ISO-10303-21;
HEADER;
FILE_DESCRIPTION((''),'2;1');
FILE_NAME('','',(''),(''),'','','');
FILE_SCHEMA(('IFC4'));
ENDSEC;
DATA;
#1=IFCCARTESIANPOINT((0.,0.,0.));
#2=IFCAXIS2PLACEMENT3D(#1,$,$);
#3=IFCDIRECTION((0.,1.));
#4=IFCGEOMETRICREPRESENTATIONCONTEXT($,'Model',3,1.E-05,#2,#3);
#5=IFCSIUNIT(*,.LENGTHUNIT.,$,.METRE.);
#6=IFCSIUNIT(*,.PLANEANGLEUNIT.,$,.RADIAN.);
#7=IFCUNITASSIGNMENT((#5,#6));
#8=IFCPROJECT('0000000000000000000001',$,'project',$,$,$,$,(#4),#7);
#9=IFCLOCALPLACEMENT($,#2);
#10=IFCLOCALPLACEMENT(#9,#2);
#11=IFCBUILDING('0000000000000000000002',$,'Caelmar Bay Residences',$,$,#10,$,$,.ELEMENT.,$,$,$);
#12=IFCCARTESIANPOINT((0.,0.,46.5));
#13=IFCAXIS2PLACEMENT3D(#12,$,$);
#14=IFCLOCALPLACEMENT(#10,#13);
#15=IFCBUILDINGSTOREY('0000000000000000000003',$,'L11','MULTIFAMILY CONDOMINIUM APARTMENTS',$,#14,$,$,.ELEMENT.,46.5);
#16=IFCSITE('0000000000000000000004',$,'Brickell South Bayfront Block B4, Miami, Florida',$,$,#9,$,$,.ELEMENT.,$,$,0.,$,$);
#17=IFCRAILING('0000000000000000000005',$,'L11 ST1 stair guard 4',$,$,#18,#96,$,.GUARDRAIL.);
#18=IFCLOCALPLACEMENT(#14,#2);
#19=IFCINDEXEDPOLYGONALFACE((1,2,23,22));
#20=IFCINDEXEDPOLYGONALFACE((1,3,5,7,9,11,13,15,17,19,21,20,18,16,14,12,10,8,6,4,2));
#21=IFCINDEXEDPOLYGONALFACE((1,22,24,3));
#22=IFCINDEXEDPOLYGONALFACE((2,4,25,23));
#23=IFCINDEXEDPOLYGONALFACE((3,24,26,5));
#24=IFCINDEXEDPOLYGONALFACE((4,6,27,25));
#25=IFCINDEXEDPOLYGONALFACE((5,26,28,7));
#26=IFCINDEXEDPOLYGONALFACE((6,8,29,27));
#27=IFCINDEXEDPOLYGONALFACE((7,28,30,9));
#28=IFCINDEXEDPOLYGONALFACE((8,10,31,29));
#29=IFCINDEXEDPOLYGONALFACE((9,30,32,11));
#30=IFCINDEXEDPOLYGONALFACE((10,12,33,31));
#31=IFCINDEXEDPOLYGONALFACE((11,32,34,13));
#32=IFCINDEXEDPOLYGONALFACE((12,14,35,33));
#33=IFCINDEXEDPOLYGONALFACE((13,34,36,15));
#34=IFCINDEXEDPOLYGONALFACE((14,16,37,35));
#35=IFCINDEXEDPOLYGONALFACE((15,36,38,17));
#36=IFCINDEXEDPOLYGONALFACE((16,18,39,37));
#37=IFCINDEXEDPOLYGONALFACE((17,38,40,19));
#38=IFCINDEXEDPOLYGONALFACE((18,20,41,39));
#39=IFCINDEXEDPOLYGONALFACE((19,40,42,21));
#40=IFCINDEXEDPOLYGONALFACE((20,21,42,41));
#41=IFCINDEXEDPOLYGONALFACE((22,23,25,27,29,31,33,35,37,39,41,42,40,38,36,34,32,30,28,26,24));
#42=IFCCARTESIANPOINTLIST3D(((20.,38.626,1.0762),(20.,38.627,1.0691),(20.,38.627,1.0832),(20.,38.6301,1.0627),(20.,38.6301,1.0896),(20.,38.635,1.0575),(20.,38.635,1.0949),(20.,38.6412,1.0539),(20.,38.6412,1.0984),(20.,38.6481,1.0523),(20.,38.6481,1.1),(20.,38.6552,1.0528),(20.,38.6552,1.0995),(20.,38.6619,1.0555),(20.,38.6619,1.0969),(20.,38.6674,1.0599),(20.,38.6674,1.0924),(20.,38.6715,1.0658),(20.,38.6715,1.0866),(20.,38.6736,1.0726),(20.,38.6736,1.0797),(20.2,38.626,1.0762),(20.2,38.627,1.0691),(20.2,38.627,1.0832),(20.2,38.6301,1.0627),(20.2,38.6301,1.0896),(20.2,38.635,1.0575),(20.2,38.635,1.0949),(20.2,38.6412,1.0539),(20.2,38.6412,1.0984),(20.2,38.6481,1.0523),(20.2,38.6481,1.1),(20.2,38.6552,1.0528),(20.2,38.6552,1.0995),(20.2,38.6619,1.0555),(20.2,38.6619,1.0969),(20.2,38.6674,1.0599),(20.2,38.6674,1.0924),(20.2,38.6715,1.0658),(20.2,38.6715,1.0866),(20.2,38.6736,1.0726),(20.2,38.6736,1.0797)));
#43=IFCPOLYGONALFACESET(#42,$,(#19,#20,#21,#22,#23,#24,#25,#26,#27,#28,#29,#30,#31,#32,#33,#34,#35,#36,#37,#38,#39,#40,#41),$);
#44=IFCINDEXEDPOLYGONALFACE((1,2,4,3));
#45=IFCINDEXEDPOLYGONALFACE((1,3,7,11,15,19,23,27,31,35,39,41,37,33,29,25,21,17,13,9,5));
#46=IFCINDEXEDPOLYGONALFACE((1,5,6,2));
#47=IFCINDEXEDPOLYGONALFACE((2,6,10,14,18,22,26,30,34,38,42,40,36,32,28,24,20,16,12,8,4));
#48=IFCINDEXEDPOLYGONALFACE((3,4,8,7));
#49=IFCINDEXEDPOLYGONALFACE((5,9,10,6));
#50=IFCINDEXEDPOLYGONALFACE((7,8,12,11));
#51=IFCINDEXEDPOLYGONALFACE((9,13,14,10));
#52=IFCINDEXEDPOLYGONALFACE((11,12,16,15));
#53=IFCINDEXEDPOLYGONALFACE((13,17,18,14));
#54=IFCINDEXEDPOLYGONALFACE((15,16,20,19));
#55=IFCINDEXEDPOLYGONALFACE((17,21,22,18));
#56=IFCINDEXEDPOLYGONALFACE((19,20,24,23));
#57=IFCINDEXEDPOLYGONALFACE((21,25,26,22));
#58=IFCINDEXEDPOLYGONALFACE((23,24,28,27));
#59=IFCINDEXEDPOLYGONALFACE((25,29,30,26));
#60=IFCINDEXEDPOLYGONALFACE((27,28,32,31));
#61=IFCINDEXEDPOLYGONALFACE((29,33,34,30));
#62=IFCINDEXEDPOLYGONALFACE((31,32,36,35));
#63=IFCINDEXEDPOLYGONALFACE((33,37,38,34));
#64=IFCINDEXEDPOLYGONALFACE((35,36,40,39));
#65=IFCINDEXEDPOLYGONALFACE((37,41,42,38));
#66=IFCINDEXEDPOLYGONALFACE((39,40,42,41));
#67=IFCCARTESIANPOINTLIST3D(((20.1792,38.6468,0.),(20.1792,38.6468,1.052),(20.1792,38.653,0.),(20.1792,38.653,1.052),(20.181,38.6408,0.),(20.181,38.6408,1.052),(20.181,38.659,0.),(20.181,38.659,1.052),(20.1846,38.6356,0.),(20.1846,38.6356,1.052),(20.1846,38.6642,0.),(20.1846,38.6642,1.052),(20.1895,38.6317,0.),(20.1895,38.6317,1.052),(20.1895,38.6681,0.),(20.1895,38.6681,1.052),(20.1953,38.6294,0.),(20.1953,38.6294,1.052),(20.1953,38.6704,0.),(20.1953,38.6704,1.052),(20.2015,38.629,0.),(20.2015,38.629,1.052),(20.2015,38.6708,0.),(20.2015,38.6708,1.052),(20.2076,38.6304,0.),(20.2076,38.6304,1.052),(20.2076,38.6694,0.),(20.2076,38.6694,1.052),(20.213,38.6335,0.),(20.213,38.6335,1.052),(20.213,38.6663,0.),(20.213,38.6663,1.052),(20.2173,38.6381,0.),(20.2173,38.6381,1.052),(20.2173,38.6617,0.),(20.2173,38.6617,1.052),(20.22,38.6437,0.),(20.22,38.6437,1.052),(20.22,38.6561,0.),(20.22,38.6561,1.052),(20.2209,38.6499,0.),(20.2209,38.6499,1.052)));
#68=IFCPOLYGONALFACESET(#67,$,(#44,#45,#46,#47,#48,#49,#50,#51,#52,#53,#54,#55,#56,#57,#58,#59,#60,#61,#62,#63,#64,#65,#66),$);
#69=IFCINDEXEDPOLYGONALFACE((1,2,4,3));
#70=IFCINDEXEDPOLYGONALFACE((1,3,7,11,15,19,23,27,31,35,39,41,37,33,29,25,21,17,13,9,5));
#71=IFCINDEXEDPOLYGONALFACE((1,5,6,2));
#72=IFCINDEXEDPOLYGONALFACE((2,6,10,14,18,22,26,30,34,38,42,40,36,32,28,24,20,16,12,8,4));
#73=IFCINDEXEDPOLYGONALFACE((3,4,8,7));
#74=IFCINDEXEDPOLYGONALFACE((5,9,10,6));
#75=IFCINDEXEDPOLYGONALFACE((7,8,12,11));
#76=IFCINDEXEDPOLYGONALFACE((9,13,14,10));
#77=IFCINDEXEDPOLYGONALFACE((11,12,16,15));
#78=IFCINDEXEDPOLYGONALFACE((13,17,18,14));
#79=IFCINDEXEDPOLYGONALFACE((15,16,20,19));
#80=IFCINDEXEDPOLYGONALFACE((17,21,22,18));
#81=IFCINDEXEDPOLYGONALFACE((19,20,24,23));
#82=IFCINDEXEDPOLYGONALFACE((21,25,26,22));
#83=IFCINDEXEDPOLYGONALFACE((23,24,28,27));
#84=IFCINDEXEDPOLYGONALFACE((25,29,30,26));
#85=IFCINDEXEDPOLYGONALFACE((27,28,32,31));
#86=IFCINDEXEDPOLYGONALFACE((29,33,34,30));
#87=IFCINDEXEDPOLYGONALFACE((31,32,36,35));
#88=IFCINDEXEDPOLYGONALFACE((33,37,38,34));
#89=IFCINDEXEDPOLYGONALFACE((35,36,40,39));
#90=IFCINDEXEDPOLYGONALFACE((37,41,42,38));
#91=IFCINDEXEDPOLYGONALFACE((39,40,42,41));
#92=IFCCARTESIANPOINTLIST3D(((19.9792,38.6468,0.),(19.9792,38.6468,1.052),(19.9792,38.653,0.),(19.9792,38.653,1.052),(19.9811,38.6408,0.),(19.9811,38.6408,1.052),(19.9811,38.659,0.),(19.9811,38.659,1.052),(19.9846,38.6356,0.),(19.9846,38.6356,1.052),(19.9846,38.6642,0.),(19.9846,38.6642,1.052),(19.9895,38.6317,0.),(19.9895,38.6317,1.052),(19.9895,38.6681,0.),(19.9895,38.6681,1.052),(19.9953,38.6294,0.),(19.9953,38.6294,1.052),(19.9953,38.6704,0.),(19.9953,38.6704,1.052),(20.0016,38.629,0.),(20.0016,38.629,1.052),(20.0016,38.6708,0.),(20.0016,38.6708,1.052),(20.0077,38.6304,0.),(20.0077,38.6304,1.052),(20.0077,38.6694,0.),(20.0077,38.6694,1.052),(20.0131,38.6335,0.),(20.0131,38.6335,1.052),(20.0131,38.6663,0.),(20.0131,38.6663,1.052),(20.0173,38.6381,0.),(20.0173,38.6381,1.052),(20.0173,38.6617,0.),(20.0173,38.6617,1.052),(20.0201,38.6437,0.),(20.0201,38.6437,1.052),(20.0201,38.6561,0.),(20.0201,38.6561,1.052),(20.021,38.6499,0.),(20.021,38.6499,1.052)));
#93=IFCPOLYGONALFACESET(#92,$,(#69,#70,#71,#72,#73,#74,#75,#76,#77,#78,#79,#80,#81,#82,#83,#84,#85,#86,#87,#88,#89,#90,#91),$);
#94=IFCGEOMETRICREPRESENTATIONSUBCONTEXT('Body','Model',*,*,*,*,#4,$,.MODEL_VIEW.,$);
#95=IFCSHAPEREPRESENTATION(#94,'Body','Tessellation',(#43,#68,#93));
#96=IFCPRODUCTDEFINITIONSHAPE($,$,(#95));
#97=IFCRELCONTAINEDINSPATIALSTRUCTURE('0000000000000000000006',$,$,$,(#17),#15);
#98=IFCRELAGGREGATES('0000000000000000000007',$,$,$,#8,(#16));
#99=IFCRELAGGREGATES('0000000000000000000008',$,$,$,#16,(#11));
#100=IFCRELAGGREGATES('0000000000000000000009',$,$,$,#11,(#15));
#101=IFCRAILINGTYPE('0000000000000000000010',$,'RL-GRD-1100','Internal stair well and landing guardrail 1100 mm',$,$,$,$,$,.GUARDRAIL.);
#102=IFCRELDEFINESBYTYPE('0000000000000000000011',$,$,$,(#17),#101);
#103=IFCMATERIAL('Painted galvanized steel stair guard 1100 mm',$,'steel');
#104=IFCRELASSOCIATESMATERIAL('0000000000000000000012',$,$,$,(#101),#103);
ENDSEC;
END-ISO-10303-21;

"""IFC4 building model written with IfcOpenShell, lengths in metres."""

from ifc_helpers import new_model, si_unit, direction, frame, origin, origin_2d, place, context, subcontext, project, spatial, circle, extrude, material, type_object, element, save


model = new_model("IFC4")

# Units and contexts
model_context = context("Model", 3, precision=1e-05, world=origin(), true_north=direction((0.0, 1.0)))
body_context = subcontext(model_context, "Body", "Model", "MODEL_VIEW")
ifc_project = project(units=[si_unit("LENGTHUNIT", "METRE"), si_unit("PLANEANGLEUNIT", "RADIAN")], contexts=[model_context])

# Site, building, storey
site_placement = place(None, origin())
site = spatial("IfcSite", under=ifc_project, at=site_placement, Name="Brickell South Bayfront Block B4, Miami, Florida", CompositionType="ELEMENT", RefElevation=0.0)
building_placement = place(site_placement, origin())
building = spatial("IfcBuilding", under=site, at=building_placement, Name="Caelmar Bay Residences", CompositionType="ELEMENT")
storey_placement = place(building_placement, frame((0.0, 0.0, 46.5)))
storey = spatial("IfcBuildingStorey", under=building, at=storey_placement, Name="L11", Description="MULTIFAMILY CONDOMINIUM APARTMENTS", CompositionType="ELEMENT", Elevation=46.5)

# Railing
ifc_material_1 = material(Name="Painted galvanized steel stair guard 1100 mm", Category="steel")
railing_type_1 = type_object("IfcRailingType", Name="RL-GRD-1100", Description="Internal stair well and landing guardrail 1100 mm", PredefinedType="GUARDRAIL", material=ifc_material_1)
railing_1_placement = place(storey_placement, frame((20.2, 38.6499, 0.0)))
element("IfcRailing", 1, at=railing_1_placement, inside=storey, type_object=railing_type_1, Name="L11 ST1 stair guard 4", PredefinedType="GUARDRAIL", context=body_context, shape_type="SweptSolid", body=[
    extrude(circle(Radius=0.0239, at=origin_2d()), frame((0.0, 0.0, 1.0762), z_axis=(-1.0, 0.0, 0.0), x_axis=(0.0, -1.0, 0.0)), (0.0, 0.0, 1.0), 0.2),
    extrude(circle(Radius=0.021, at=origin_2d()), origin(), (0.0, 0.0, 1.0), 1.052),
    extrude(circle(Radius=0.021, at=origin_2d()), frame((-0.2, 0.0, 0.0)), (0.0, 0.0, 1.0), 1.052),
])

save(model, "model.ifc")
